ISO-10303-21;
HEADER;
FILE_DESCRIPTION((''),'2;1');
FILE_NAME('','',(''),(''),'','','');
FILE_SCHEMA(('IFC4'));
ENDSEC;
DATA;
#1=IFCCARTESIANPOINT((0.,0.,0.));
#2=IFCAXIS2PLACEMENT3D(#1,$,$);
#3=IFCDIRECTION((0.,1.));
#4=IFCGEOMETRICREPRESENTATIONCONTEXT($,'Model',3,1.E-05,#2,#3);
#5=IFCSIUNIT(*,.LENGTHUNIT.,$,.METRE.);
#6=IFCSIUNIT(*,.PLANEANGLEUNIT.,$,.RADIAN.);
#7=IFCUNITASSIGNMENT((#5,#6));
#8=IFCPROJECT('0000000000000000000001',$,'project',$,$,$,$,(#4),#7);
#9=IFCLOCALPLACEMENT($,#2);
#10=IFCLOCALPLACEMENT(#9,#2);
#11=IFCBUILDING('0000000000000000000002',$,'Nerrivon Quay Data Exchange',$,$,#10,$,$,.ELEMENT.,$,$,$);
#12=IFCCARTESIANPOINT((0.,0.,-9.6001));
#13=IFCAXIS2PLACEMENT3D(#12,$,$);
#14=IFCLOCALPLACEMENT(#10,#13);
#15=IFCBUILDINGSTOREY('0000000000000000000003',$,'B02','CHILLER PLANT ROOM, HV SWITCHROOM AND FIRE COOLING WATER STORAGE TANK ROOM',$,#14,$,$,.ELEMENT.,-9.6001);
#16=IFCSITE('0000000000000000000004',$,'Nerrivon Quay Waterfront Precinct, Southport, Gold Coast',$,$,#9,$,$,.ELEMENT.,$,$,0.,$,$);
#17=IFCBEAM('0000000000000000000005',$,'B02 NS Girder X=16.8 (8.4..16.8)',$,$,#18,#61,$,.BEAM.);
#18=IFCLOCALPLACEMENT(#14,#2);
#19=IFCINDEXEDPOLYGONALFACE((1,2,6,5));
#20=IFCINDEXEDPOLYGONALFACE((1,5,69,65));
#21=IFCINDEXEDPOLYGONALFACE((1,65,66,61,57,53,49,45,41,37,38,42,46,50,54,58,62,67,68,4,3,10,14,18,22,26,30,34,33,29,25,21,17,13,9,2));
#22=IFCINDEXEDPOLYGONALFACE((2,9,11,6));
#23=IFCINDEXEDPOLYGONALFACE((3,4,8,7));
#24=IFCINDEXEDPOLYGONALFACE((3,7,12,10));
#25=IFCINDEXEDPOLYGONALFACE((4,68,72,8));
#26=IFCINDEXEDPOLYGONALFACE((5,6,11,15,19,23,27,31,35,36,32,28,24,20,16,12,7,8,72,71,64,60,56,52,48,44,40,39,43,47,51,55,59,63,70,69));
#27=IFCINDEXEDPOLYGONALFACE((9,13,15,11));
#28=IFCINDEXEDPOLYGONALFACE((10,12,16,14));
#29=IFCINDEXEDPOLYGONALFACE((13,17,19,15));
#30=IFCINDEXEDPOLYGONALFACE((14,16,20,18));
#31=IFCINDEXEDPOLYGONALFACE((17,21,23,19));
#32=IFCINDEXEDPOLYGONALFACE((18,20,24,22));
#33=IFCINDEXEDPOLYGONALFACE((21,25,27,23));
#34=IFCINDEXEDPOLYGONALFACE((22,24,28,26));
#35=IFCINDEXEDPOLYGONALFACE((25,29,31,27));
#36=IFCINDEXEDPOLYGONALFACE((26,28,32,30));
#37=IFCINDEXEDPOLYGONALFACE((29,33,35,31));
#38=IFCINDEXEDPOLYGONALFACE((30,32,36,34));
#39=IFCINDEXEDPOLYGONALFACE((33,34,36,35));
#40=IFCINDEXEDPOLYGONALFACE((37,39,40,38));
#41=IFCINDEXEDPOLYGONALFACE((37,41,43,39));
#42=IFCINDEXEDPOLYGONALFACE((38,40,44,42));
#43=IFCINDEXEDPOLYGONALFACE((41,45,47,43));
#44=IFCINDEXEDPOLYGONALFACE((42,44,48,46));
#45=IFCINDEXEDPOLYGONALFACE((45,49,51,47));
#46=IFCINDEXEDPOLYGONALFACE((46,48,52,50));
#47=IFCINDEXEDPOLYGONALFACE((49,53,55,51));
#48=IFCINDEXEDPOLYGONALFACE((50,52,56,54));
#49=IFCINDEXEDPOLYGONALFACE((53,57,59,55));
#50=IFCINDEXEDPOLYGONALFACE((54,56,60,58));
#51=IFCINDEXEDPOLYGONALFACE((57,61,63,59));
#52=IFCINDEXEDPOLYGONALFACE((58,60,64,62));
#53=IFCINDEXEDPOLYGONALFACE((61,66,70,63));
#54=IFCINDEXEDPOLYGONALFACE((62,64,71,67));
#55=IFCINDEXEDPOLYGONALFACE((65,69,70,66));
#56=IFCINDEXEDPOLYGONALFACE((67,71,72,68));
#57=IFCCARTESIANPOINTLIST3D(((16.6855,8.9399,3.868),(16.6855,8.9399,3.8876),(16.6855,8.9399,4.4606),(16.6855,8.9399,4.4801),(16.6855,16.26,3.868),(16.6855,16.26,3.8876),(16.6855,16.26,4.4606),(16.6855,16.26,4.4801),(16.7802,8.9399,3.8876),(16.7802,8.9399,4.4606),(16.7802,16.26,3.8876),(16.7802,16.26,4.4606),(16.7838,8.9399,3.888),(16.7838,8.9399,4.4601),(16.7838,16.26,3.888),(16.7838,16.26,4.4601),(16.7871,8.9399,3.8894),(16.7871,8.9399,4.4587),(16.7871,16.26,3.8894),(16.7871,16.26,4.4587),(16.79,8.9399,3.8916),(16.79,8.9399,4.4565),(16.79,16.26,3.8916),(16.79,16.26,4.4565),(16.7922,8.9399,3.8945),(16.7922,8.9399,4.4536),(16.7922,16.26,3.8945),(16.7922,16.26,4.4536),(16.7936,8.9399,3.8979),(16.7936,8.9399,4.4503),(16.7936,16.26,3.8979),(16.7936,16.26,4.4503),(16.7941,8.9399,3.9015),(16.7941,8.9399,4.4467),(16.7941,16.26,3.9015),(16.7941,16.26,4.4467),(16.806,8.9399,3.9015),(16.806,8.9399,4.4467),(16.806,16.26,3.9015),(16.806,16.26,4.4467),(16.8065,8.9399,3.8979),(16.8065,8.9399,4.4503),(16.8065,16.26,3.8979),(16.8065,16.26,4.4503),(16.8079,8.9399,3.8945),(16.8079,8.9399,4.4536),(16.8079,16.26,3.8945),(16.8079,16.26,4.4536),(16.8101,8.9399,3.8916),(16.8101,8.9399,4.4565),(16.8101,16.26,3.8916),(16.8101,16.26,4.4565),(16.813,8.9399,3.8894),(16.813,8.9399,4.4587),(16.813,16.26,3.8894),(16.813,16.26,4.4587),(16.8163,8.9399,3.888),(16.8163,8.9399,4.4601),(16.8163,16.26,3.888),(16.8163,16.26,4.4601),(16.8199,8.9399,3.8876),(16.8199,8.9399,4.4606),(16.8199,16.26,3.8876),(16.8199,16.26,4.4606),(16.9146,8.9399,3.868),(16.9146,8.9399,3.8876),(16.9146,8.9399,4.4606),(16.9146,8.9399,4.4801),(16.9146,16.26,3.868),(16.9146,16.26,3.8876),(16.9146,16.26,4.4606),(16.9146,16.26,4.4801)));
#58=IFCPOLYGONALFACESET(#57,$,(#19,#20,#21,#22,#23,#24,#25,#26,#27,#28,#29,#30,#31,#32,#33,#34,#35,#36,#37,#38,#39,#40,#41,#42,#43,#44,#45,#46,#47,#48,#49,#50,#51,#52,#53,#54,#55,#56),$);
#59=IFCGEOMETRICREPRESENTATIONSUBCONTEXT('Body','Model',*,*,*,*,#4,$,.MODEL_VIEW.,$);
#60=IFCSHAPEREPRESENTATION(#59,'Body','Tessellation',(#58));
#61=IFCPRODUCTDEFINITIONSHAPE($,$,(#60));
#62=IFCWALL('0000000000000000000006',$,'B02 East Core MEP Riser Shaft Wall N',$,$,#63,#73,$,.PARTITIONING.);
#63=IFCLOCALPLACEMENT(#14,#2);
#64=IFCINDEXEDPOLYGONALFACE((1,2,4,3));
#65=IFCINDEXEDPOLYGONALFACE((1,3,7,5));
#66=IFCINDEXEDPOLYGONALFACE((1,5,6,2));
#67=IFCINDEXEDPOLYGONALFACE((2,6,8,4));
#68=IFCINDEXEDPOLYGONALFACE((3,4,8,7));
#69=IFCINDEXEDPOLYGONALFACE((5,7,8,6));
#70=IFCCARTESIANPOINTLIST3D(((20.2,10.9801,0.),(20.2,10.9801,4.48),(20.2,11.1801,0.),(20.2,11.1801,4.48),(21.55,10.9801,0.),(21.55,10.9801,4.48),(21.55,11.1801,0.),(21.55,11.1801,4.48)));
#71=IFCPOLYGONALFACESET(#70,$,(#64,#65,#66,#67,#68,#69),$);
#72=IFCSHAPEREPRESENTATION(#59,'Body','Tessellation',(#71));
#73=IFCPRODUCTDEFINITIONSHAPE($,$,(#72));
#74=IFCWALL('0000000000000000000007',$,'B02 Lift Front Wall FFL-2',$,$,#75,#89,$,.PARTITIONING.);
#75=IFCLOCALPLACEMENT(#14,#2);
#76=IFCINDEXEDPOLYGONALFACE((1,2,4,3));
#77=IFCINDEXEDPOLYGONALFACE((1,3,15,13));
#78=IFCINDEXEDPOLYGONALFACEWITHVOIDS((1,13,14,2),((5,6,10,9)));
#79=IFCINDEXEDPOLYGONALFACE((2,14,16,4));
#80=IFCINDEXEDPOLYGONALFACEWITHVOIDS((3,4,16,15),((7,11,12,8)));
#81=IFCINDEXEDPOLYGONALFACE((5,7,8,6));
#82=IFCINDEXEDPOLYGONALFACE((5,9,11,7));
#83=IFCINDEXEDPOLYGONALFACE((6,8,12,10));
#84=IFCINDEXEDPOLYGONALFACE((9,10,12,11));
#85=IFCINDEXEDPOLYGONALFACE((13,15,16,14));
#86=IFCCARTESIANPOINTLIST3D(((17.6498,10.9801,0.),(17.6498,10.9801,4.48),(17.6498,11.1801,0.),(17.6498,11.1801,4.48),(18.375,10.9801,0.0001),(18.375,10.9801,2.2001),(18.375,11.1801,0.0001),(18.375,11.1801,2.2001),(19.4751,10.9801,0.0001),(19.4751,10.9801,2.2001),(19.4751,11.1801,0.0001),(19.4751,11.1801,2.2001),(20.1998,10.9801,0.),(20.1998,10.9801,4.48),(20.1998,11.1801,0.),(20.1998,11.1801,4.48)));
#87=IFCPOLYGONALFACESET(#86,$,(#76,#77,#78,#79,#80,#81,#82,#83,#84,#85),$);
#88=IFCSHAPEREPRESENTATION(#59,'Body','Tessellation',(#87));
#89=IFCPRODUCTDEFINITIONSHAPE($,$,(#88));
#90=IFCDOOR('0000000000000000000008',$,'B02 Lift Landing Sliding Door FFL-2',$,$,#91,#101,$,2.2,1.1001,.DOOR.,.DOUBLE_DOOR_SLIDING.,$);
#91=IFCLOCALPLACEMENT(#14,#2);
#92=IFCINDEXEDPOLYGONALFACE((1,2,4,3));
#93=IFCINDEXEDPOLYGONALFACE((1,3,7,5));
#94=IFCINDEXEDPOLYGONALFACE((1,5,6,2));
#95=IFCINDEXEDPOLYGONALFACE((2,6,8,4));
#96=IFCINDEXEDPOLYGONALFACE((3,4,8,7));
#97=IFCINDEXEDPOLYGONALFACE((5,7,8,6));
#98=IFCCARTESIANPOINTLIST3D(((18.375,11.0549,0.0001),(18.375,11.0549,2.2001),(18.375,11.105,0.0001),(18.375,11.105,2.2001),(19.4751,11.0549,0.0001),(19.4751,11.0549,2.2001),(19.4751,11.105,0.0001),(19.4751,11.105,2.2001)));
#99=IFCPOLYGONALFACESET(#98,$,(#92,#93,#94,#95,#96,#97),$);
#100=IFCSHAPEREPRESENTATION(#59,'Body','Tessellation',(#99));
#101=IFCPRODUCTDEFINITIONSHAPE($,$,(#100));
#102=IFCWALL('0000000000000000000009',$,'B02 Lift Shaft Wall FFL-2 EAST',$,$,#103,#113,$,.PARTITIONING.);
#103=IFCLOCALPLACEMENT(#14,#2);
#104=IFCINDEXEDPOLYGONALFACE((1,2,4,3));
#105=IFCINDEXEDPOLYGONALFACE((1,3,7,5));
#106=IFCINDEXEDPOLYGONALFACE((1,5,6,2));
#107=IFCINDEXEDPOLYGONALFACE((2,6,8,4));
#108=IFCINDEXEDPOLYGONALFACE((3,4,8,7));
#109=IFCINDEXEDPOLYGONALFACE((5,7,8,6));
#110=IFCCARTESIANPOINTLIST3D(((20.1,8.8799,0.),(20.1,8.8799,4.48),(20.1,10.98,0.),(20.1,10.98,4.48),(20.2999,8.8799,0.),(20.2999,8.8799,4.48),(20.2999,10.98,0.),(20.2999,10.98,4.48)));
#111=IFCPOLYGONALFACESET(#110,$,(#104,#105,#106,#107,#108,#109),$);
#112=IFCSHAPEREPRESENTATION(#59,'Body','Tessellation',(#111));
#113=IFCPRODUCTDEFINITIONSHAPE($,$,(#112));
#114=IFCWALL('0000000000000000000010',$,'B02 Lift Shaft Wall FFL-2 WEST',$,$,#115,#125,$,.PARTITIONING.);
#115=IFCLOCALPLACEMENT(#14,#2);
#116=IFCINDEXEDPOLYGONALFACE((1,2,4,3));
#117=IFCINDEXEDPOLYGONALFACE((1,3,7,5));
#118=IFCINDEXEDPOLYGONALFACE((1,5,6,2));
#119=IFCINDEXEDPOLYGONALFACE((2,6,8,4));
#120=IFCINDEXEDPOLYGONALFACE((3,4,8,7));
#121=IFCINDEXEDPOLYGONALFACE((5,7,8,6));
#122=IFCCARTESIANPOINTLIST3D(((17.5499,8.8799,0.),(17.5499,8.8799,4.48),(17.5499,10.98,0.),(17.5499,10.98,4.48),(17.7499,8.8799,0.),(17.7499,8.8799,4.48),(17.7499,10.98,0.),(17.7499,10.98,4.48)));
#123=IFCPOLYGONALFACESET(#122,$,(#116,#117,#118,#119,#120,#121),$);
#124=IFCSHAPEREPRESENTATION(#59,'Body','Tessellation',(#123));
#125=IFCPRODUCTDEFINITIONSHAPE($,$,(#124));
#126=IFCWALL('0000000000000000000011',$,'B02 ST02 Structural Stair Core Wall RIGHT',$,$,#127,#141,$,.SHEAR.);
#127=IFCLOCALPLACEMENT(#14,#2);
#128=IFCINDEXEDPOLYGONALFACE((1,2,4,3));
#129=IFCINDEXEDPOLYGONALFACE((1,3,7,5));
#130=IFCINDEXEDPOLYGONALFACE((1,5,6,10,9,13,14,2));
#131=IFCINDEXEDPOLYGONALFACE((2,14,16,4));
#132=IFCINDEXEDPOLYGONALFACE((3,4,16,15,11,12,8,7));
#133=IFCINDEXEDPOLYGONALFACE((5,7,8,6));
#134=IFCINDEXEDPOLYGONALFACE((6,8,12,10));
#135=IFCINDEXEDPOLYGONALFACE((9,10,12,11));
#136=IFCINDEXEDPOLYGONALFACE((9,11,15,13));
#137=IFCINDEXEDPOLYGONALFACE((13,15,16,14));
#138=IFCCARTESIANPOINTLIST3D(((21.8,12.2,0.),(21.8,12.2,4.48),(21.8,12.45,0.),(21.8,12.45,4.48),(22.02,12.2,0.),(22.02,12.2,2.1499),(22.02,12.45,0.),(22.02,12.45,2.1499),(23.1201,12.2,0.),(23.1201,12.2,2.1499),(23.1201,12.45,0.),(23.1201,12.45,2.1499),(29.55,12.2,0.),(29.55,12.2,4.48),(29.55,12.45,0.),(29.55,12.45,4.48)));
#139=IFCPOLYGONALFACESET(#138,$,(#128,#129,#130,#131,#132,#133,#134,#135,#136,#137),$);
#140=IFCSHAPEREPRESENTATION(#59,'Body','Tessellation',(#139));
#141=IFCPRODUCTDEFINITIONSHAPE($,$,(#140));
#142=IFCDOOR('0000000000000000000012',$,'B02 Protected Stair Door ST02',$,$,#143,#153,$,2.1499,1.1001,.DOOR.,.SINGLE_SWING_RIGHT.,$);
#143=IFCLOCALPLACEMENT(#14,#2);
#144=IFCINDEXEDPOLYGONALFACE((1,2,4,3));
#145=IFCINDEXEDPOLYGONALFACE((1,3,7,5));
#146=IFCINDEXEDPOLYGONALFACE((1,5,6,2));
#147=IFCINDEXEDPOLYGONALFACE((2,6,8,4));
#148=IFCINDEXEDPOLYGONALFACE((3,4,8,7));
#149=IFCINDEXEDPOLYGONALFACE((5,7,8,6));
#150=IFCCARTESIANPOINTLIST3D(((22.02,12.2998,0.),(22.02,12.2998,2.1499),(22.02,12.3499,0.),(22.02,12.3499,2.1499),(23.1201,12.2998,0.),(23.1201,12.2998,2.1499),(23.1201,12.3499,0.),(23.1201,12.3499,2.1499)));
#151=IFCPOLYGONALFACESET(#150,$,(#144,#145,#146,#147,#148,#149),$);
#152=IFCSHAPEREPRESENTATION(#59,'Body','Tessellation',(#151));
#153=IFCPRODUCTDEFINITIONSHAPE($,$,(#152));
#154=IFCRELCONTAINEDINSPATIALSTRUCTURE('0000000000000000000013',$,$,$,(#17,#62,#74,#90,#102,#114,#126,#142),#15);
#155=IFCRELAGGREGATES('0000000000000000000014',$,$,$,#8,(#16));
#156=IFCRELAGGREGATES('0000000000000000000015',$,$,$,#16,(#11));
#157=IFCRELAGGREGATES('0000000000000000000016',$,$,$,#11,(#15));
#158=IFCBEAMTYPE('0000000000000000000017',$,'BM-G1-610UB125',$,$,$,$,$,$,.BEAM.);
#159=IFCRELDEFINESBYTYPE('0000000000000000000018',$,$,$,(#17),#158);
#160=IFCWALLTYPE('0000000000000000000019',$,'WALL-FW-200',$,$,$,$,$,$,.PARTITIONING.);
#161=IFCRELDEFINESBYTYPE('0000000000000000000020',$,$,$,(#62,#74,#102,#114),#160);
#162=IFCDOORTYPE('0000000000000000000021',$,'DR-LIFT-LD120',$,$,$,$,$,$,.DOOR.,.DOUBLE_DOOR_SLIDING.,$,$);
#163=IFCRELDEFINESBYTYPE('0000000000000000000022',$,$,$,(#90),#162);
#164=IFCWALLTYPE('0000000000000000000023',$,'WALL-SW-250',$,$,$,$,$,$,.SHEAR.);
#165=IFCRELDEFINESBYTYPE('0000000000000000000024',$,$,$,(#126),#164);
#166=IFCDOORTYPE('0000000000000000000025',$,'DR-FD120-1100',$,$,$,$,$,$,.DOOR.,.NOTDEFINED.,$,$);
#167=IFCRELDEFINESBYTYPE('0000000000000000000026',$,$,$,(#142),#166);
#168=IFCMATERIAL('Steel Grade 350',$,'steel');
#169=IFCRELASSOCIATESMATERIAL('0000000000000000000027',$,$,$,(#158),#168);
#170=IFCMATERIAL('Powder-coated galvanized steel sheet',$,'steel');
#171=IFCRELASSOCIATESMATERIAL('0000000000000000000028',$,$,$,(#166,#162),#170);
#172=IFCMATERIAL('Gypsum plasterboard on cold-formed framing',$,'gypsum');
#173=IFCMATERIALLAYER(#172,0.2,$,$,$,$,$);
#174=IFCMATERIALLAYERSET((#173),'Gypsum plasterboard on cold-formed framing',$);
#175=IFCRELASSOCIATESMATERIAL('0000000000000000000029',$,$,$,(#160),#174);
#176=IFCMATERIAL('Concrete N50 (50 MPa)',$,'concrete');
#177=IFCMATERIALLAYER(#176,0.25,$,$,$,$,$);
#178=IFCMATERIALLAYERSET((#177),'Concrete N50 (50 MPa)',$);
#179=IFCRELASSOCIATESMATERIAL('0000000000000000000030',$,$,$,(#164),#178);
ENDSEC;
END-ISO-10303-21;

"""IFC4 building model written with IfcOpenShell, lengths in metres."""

from ifc_helpers import new_model, si_unit, direction, frame, frame_2d, origin, origin_2d, place, context, subcontext, project, spatial, rectangle, i_section, extrude, material, layer, layer_set, material_profile, profile_set, type_object, element, fill, save


model = new_model("IFC4")

# Units and contexts
model_context = context("Model", 3, precision=1e-05, world=origin(), true_north=direction((0.0, 1.0)))
body_context = subcontext(model_context, "Body", "Model", "MODEL_VIEW")
ifc_project = project(units=[si_unit("LENGTHUNIT", "METRE"), si_unit("PLANEANGLEUNIT", "RADIAN")], contexts=[model_context])

# Site, building, storey
site_placement = place(None, origin())
site = spatial("IfcSite", under=ifc_project, at=site_placement, Name="Nerrivon Quay Waterfront Precinct, Southport, Gold Coast", CompositionType="ELEMENT", RefElevation=0.0)
building_placement = place(site_placement, origin())
building = spatial("IfcBuilding", under=site, at=building_placement, Name="Nerrivon Quay Data Exchange", CompositionType="ELEMENT")
storey_placement = place(building_placement, frame((0.0, 0.0, -9.6001)))
storey = spatial("IfcBuildingStorey", under=building, at=storey_placement, Name="B02", Description="CHILLER PLANT ROOM, HV SWITCHROOM AND FIRE COOLING WATER STORAGE TANK ROOM", CompositionType="ELEMENT", Elevation=-9.6001)

# Shared definitions
ifc_material_1 = material(Name="Concrete N50 (50 MPa)", Category="concrete")

# Beam
ifc_material_2 = material(Name="Steel Grade 350", Category="steel")
ifc_material_profile_1 = material_profile(ifc_material_2, i_section(OverallWidth=0.229, OverallDepth=0.6121, WebThickness=0.012, FlangeThickness=0.0195, FilletRadius=0.0139, at=origin_2d()), Name="610UB125")
ifc_profile_set_1 = profile_set([ifc_material_profile_1], Name="Steel Grade 350")
beam_type = type_object("IfcBeamType", Name="BM-G1-610UB125", PredefinedType="BEAM", material=ifc_profile_set_1)
beam_placement = place(storey_placement, frame((16.8, 8.9399, 4.1741), z_axis=(0.0, 1.0, 0.0), x_axis=(-1.0, 0.0, 0.0)))
element("IfcBeam", 1, at=beam_placement, inside=storey, type_object=beam_type, Name="B02 NS Girder X=16.8 (8.4..16.8)", PredefinedType="BEAM", context=body_context, shape_type="SweptSolid", body=[
    extrude(i_section(OverallWidth=0.229, OverallDepth=0.6121, WebThickness=0.012, FlangeThickness=0.0195, FilletRadius=0.0139, at=origin_2d()), origin(), (0.0, 0.0, 1.0), 7.3201),
])

# Shared definitions
ifc_material_3 = material(Name="Powder-coated galvanized steel sheet", Category="steel")
door_type_1 = type_object("IfcDoorType", Name="DR-FD120-1100", OperationType="NOTDEFINED", PredefinedType="DOOR", material=ifc_material_3)

# Wall
ifc_material_4 = material(Name="Gypsum plasterboard on cold-formed framing", Category="gypsum")
ifc_layer_1 = layer(ifc_material_4, 0.2)
ifc_layer_set_1 = layer_set([ifc_layer_1], Name="Gypsum plasterboard on cold-formed framing")
wall_type_1 = type_object("IfcWallType", Name="WALL-FW-200", PredefinedType="PARTITIONING", material=ifc_layer_set_1)
wall_1_placement = place(storey_placement, frame((20.2, 11.0801, 0.0), z_axis=(0.0, 0.0, 1.0), x_axis=(1.0, 0.0, 0.0)))
element("IfcWall", 2, at=wall_1_placement, inside=storey, type_object=wall_type_1, Name="B02 East Core MEP Riser Shaft Wall N", PredefinedType="PARTITIONING", context=body_context, shape_type="SweptSolid", body=[
    extrude(rectangle(XDim=1.3501, YDim=0.2, at=frame_2d((0.675, 0.0))), origin(), (0.0, 0.0, 1.0), 4.48),
])

# Wall, opening, door
wall_2_placement = place(storey_placement, frame((17.6499, 11.0801, 0.0), z_axis=(0.0, 0.0, 1.0), x_axis=(1.0, 0.0, 0.0)))
wall_2 = element("IfcWall", 3, at=wall_2_placement, inside=storey, type_object=wall_type_1, Name="B02 Lift Front Wall FFL-2", PredefinedType="PARTITIONING", context=body_context, shape_type="SweptSolid", body=[
    extrude(rectangle(XDim=2.55, YDim=0.2, at=frame_2d((1.2749, 0.0))), origin(), (0.0, 0.0, 1.0), 4.48),
])
opening_1_placement = place(wall_2_placement, frame((0.7251, 0.0, 0.0)))
opening_1 = element("IfcOpeningElement", 4, at=opening_1_placement, cuts=wall_2, PredefinedType="OPENING", context=body_context, shape_type="SweptSolid", body=[
    extrude(rectangle(XDim=1.1001, YDim=2.2, at=frame_2d((0.55, 1.1001))), frame((0.0, 0.1099, 0.0), z_axis=(0.0, -1.0, 0.0), x_axis=(1.0, 0.0, 0.0)), (0.0, 0.0, 1.0), 0.22),
])
door_type_2 = type_object("IfcDoorType", Name="DR-LIFT-LD120", OperationType="DOUBLE_DOOR_SLIDING", PredefinedType="DOOR", material=ifc_material_3)
door_1_placement = place(opening_1_placement, origin())
door_1 = element("IfcDoor", 5, at=door_1_placement, inside=storey, type_object=door_type_2, Name="B02 Lift Landing Sliding Door FFL-2", OperationType="DOUBLE_DOOR_SLIDING", OverallHeight=2.2, OverallWidth=1.1001, PredefinedType="DOOR", context=body_context, shape_type="SweptSolid", body=[
    extrude(rectangle(XDim=1.1001, YDim=2.2, at=frame_2d((0.55, 1.1001))), frame((0.0, 0.0249, 0.0), z_axis=(0.0, -1.0, 0.0), x_axis=(1.0, 0.0, 0.0)), (0.0, 0.0, 1.0), 0.05),
])
fill(opening_1, door_1)

# Walls
for number, where, z_axis, x_axis, name in (
    (6, (20.2, 8.8799, 0.0), (0.0, 0.0, 1.0), (0.0, 1.0, 0.0), "B02 Lift Shaft Wall FFL-2 EAST"),
    (7, (17.6499, 8.8799, 0.0), (0.0, 0.0, 1.0), (0.0, 1.0, 0.0), "B02 Lift Shaft Wall FFL-2 WEST"),
):
    element("IfcWall", number, at=place(storey_placement, frame(where, z_axis=z_axis, x_axis=x_axis)), inside=storey, type_object=wall_type_1, Name=name, PredefinedType="PARTITIONING", context=body_context, shape_type="SweptSolid", body=[
        extrude(rectangle(XDim=2.1001, YDim=0.2, at=frame_2d((1.05, 0.0))), origin(), (0.0, 0.0, 1.0), 4.48),
    ])

# Wall, opening, door
ifc_layer_2 = layer(ifc_material_1, 0.25)
ifc_layer_set_2 = layer_set([ifc_layer_2], Name="Concrete N50 (50 MPa)")
wall_type_2 = type_object("IfcWallType", Name="WALL-SW-250", PredefinedType="SHEAR", material=ifc_layer_set_2)
wall_3_placement = place(storey_placement, frame((21.8, 12.325, 0.0), z_axis=(0.0, 0.0, 1.0), x_axis=(1.0, 0.0, 0.0)))
wall_3 = element("IfcWall", 8, at=wall_3_placement, inside=storey, type_object=wall_type_2, Name="B02 ST02 Structural Stair Core Wall RIGHT", PredefinedType="SHEAR", context=body_context, shape_type="SweptSolid", body=[
    extrude(rectangle(XDim=7.75, YDim=0.25, at=frame_2d((3.875, 0.0))), origin(), (0.0, 0.0, 1.0), 4.48),
])
opening_2_placement = place(wall_3_placement, frame((0.22, 0.0, 0.0)))
opening_2 = element("IfcOpeningElement", 9, at=opening_2_placement, cuts=wall_3, PredefinedType="OPENING", context=body_context, shape_type="SweptSolid", body=[
    extrude(rectangle(XDim=1.1001, YDim=2.1499, at=frame_2d((0.55, 1.075))), frame((0.0, 0.135, 0.0), z_axis=(0.0, -1.0, 0.0), x_axis=(1.0, 0.0, 0.0)), (0.0, 0.0, 1.0), 0.27),
])
door_2_placement = place(opening_2_placement, origin())
door_2 = element("IfcDoor", 10, at=door_2_placement, inside=storey, type_object=door_type_1, Name="B02 Protected Stair Door ST02", OperationType="SINGLE_SWING_RIGHT", OverallHeight=2.1499, OverallWidth=1.1001, PredefinedType="DOOR", context=body_context, shape_type="SweptSolid", body=[
    extrude(rectangle(XDim=1.1001, YDim=2.1499, at=frame_2d((0.55, 1.075))), frame((0.0, 0.0249, 0.0), z_axis=(0.0, -1.0, 0.0), x_axis=(1.0, 0.0, 0.0)), (0.0, 0.0, 1.0), 0.05),
])
fill(opening_2, door_2)

save(model, "model.ifc")
